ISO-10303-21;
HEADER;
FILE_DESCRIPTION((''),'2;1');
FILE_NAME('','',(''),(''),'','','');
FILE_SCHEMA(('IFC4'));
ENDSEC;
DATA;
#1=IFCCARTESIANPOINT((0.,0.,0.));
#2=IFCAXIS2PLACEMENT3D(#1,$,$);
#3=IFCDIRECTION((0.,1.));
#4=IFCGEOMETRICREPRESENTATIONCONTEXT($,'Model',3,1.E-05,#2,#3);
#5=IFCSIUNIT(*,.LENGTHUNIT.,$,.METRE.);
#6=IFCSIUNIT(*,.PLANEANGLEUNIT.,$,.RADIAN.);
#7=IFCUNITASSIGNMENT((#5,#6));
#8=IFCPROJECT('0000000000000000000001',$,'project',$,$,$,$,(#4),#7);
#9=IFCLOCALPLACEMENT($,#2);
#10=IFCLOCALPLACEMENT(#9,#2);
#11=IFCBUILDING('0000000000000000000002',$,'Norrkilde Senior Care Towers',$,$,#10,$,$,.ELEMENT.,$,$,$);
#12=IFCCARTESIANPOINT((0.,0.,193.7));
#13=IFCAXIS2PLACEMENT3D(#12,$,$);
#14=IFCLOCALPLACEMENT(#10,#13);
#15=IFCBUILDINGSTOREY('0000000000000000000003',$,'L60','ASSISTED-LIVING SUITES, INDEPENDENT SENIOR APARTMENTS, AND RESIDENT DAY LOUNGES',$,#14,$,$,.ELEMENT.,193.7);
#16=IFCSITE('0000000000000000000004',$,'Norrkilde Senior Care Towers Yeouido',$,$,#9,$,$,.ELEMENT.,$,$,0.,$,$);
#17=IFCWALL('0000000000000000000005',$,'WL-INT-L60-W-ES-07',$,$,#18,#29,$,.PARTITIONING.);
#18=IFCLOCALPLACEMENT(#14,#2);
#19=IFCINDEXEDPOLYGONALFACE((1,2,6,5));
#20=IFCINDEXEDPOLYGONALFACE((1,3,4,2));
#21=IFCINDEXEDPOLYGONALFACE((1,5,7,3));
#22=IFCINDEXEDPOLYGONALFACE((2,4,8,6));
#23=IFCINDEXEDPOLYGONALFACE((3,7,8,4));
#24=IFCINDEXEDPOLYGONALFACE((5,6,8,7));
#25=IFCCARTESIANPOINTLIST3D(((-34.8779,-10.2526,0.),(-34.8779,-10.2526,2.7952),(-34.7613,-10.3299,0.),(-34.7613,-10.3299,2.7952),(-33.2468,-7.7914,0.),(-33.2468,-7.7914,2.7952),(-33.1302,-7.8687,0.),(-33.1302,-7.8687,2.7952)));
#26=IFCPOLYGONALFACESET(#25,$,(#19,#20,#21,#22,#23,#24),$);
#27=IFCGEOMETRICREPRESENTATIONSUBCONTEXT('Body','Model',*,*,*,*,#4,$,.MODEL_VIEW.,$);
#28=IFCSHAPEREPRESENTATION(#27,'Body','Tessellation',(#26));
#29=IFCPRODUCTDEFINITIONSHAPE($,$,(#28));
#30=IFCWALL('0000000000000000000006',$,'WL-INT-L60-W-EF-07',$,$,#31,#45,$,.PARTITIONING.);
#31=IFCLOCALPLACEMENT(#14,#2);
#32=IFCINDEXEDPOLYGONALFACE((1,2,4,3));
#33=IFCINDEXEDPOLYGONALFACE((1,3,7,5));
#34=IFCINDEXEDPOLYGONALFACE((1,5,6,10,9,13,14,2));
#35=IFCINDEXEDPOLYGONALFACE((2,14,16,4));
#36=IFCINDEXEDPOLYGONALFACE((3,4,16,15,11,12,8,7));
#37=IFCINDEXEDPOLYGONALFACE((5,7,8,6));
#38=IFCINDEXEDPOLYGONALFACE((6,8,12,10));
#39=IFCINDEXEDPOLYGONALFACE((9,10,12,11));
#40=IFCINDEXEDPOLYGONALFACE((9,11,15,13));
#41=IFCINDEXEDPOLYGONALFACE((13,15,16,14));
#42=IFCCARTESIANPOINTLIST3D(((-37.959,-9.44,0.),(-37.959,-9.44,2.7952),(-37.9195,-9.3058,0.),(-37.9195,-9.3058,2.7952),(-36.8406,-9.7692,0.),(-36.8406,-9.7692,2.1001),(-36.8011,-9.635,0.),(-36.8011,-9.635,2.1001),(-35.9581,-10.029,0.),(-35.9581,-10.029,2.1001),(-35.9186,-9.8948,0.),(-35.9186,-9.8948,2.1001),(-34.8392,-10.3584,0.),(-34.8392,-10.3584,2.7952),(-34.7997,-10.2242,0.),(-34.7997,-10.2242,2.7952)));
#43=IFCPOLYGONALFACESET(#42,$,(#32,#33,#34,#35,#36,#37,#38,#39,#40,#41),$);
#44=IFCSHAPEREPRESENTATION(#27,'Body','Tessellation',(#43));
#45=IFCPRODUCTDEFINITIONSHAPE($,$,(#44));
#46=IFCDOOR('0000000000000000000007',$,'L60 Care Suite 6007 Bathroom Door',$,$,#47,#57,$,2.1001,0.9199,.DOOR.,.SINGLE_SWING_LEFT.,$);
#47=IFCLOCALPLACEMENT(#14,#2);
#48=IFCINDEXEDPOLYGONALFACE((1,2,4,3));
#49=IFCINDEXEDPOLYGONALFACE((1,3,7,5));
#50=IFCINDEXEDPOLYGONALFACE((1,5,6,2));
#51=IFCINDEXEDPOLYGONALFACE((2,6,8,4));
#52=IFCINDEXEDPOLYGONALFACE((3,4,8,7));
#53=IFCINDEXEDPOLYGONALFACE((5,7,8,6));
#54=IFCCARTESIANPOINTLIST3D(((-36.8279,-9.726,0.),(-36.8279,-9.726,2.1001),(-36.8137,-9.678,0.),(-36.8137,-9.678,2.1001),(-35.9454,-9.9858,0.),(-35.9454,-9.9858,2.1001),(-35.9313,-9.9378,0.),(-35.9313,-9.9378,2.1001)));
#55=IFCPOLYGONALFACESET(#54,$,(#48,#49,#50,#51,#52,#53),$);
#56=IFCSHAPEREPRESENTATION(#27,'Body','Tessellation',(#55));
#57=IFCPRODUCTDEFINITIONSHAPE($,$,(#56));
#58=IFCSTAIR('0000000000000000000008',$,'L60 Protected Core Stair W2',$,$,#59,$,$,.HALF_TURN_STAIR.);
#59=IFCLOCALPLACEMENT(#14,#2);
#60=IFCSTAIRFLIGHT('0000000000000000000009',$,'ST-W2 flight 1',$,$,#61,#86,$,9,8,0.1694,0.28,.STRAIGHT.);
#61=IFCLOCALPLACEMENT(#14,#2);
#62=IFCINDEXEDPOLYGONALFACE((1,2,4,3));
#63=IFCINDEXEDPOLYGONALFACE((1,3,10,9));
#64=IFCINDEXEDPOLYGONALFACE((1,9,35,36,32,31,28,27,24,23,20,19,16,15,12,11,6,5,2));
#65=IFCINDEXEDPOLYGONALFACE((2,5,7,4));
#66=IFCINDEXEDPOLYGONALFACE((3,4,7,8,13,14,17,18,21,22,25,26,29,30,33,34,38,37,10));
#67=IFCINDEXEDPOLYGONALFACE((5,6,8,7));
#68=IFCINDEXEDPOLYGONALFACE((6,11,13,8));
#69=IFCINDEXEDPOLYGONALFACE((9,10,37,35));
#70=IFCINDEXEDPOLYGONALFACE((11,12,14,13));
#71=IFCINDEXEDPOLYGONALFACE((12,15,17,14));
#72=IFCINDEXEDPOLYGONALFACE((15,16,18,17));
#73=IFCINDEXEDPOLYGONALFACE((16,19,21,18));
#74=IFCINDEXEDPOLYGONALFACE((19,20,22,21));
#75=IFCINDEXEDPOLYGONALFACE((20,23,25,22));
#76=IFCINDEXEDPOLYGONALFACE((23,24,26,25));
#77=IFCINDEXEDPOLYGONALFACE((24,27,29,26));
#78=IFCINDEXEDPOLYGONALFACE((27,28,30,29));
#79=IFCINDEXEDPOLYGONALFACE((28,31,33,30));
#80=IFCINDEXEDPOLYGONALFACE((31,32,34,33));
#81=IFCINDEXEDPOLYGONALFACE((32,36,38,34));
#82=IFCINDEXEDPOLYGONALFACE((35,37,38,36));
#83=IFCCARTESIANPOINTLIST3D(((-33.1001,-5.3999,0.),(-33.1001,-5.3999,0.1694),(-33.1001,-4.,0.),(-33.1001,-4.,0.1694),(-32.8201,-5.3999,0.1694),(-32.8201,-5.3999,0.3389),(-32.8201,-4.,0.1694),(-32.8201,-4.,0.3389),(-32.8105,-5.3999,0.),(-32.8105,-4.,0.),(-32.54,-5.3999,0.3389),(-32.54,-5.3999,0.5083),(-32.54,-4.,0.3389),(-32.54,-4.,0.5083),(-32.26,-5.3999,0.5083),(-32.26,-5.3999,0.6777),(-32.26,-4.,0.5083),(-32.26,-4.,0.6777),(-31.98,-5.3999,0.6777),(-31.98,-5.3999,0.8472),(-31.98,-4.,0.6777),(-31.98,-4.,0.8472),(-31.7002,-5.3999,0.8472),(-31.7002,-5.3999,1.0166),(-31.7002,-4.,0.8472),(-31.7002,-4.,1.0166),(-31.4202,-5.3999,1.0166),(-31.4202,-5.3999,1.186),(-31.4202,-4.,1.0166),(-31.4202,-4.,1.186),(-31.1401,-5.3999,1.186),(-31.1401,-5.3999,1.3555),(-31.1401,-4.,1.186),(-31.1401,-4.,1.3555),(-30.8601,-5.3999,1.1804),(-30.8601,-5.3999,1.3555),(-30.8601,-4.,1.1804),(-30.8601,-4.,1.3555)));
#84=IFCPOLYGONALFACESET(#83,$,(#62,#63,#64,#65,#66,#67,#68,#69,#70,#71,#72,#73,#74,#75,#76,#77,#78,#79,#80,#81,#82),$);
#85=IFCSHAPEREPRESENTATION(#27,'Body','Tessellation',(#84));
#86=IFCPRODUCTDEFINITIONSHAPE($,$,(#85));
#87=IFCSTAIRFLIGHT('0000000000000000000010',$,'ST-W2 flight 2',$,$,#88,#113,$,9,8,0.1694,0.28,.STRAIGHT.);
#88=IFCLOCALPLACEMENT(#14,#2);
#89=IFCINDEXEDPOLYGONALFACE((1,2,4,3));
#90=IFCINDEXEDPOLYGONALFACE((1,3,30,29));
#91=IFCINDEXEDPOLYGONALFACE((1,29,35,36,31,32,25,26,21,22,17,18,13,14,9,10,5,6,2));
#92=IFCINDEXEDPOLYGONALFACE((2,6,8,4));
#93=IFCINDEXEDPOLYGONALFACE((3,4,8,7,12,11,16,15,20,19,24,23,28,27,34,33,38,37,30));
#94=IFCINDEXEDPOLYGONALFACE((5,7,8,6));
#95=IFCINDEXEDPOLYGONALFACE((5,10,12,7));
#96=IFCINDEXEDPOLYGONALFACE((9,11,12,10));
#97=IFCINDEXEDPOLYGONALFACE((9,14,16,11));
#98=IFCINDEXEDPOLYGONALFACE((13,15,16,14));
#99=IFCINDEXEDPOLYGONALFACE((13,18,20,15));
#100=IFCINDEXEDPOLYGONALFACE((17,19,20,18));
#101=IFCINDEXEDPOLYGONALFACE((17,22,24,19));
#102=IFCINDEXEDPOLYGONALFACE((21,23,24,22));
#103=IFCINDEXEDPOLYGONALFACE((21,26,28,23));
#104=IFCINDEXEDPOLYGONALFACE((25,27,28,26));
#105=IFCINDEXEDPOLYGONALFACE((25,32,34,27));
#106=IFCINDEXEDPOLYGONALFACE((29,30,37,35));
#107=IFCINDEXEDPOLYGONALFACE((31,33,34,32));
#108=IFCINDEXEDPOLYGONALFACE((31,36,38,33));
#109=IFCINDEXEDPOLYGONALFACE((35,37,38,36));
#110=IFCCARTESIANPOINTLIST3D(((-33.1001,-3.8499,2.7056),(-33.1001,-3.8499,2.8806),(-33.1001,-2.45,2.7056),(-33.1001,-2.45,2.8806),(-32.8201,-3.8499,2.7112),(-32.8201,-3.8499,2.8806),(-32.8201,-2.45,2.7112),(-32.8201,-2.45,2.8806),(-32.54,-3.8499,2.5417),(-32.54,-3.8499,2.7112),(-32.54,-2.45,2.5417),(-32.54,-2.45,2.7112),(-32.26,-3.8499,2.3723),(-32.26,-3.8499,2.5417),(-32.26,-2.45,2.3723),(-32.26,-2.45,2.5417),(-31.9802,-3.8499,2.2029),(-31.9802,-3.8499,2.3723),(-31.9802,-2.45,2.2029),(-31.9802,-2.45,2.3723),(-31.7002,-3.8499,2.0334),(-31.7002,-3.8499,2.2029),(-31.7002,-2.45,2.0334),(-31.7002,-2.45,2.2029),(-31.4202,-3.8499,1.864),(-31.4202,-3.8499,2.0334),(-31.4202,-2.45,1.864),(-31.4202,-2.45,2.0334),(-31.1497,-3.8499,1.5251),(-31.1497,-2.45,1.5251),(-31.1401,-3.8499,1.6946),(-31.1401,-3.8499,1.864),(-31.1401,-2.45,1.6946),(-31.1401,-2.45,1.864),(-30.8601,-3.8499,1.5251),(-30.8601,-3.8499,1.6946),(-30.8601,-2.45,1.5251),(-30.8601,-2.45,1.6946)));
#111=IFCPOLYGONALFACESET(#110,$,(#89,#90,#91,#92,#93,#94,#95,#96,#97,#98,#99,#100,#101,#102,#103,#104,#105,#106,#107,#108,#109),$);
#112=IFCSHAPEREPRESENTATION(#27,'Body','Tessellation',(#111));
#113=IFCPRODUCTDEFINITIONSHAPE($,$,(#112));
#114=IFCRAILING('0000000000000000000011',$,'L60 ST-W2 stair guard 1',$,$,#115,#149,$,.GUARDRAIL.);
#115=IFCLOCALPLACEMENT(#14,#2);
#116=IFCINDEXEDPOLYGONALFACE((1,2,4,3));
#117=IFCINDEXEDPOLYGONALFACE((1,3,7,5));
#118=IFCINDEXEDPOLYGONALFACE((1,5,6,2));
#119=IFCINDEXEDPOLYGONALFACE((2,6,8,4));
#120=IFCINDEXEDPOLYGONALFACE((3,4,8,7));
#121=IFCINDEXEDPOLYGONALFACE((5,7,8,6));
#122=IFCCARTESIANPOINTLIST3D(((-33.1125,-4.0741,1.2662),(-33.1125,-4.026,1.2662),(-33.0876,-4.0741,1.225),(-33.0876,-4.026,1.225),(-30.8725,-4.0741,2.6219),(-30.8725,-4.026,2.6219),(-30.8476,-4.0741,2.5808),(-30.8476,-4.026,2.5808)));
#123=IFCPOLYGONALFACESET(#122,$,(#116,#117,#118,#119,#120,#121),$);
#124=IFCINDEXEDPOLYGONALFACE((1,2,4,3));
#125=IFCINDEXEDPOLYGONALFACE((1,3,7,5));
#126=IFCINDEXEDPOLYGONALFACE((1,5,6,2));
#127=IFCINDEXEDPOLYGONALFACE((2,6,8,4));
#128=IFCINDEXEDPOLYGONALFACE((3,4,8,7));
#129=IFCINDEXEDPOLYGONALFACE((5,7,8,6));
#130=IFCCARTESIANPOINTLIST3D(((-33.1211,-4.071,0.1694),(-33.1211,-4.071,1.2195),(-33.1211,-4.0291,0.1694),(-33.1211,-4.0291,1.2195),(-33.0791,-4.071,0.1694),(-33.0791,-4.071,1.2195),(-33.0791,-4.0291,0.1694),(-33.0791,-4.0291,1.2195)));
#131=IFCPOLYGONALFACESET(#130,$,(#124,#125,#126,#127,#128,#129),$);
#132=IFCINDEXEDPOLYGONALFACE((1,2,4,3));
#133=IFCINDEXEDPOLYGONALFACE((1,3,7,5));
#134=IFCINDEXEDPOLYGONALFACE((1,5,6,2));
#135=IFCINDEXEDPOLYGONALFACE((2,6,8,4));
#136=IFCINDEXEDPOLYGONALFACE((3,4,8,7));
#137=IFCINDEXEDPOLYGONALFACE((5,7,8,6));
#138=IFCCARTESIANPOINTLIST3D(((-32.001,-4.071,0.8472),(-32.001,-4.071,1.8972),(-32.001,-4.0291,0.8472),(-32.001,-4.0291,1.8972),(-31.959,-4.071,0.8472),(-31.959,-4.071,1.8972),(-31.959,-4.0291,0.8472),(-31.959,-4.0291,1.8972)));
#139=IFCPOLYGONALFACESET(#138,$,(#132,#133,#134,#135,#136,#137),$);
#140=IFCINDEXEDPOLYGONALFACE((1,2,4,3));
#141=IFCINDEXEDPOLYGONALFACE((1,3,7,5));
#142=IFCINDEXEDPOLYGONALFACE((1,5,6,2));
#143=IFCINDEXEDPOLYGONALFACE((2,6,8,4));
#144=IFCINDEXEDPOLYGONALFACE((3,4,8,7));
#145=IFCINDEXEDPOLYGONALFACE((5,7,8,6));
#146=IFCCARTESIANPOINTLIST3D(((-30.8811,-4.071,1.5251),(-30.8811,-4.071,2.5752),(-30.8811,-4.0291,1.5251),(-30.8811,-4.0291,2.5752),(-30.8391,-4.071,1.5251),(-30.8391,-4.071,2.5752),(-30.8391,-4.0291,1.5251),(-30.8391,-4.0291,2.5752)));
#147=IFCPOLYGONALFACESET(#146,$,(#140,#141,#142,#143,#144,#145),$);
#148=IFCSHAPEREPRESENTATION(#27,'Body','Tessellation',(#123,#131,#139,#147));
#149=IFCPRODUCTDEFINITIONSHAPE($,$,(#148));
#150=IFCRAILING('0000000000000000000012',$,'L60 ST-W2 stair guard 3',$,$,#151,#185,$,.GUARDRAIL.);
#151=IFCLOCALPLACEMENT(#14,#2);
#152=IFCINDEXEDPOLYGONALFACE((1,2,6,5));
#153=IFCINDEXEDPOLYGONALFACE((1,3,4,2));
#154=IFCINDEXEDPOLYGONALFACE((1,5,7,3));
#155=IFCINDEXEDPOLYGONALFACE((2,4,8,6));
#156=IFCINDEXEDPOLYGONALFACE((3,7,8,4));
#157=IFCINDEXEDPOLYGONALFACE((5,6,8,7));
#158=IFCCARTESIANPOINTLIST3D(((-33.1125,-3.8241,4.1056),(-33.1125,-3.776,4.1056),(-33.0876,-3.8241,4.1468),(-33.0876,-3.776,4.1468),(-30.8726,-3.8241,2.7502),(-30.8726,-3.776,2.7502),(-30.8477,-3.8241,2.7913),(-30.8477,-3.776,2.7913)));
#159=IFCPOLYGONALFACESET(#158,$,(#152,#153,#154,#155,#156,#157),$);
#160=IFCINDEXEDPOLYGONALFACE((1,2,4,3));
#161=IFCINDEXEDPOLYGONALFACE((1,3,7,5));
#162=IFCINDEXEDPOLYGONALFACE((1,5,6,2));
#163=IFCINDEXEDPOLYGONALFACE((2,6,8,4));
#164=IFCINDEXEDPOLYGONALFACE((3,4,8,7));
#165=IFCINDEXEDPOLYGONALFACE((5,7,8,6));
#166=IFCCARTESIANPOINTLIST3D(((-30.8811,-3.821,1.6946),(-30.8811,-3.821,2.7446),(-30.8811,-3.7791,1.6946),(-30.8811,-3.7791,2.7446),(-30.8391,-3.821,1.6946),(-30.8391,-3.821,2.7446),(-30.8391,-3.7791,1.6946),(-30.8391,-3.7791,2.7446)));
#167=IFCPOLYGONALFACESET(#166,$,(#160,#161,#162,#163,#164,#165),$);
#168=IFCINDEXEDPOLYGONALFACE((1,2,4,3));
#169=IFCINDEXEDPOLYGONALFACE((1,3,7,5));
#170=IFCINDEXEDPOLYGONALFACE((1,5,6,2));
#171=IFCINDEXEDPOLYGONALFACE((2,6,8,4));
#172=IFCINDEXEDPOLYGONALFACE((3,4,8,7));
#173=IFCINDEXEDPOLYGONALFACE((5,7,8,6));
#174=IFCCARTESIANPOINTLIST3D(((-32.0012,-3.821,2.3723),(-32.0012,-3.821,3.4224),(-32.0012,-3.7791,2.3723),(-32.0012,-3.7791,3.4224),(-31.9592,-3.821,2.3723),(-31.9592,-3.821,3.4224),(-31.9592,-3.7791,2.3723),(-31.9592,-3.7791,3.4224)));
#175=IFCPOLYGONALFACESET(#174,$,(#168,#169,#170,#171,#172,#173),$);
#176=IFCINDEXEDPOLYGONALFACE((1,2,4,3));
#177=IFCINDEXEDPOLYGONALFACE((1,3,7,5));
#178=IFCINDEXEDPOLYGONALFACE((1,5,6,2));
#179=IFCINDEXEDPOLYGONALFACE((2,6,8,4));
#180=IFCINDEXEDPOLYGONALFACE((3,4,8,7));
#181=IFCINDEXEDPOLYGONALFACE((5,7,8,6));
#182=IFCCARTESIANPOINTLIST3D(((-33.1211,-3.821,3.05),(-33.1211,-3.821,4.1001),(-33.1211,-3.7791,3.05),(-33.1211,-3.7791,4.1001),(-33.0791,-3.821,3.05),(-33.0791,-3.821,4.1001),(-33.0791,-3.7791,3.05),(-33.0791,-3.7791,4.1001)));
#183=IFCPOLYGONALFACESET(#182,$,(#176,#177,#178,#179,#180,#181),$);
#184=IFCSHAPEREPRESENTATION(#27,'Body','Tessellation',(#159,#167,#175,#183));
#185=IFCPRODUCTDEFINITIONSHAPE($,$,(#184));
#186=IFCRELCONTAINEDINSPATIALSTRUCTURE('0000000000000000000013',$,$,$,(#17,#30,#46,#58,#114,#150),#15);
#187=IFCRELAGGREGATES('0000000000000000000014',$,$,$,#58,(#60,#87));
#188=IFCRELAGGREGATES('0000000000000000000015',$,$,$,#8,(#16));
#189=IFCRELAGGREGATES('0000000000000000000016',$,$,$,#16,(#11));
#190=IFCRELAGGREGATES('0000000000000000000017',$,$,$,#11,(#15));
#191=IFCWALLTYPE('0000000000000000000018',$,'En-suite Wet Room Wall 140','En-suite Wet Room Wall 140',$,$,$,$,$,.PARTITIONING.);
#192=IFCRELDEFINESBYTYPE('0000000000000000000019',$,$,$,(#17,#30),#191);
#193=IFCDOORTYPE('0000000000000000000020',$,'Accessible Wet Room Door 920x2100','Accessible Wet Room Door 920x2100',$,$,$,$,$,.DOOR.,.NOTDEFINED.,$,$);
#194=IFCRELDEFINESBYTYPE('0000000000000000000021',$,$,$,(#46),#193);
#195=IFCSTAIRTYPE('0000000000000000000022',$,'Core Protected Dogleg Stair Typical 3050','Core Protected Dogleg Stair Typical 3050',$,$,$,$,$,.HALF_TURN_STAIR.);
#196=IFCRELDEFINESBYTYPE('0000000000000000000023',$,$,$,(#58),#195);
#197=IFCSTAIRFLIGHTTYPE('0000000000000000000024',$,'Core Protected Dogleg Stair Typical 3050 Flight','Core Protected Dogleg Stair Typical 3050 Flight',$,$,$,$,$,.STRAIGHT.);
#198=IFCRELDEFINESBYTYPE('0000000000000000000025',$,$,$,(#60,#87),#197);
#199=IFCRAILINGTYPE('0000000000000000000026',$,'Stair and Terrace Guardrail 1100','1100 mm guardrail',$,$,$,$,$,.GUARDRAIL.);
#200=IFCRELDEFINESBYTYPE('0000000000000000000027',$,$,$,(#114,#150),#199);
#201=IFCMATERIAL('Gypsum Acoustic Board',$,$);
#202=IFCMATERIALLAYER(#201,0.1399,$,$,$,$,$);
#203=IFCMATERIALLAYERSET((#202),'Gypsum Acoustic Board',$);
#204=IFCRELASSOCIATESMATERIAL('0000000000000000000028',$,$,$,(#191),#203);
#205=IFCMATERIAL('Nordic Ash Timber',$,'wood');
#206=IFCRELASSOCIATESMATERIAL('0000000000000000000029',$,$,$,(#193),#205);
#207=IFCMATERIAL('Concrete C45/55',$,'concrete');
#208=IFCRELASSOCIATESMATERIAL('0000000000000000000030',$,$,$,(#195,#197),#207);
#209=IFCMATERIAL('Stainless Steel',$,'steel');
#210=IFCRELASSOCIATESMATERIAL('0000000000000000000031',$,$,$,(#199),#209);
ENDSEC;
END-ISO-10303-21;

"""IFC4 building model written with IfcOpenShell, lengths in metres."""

from ifc_helpers import new_model, si_unit, direction, frame, frame_2d, origin, origin_2d, place, context, subcontext, project, spatial, polyline, rectangle, outline, extrude, source, transform, mapped, material, layer, layer_set, type_object, type_shapes, element, fill, aggregate, save


model = new_model("IFC4")

# Units and contexts
model_context = context("Model", 3, precision=1e-05, world=origin(), true_north=direction((0.0, 1.0)))
body_context = subcontext(model_context, "Body", "Model", "MODEL_VIEW")
ifc_project = project(units=[si_unit("LENGTHUNIT", "METRE"), si_unit("PLANEANGLEUNIT", "RADIAN")], contexts=[model_context])

# Site, building, storey
site_placement = place(None, origin())
site = spatial("IfcSite", under=ifc_project, at=site_placement, Name="Norrkilde Senior Care Towers Yeouido", CompositionType="ELEMENT", RefElevation=0.0)
building_placement = place(site_placement, origin())
building = spatial("IfcBuilding", under=site, at=building_placement, Name="Norrkilde Senior Care Towers", CompositionType="ELEMENT")
storey_placement = place(building_placement, frame((0.0, 0.0, 193.7)))
storey = spatial("IfcBuildingStorey", under=building, at=storey_placement, Name="L60", Description="ASSISTED-LIVING SUITES, INDEPENDENT SENIOR APARTMENTS, AND RESIDENT DAY LOUNGES", CompositionType="ELEMENT", Elevation=193.7)

# Shared definitions
ifc_material_1 = material(Name="Concrete C45/55", Category="concrete")

# Wall
ifc_material_2 = material(Name="Gypsum Acoustic Board")
ifc_layer_1 = layer(ifc_material_2, 0.1399)
ifc_layer_set_1 = layer_set([ifc_layer_1], Name="Gypsum Acoustic Board")
wall_type_1 = type_object("IfcWallType", Name="En-suite Wet Room Wall 140", Description="En-suite Wet Room Wall 140", PredefinedType="PARTITIONING", material=ifc_layer_set_1)
shared_shape_1 = source(origin(), body_context, "Body", "SweptSolid", [
    extrude(rectangle(XDim=2.9526, YDim=0.1399, at=frame_2d((1.4763, 0.0))), origin(), (0.0, 0.0, 1.0), 2.7952),
])
wall_1_placement = place(storey_placement, frame((-33.1885, -7.8301, 0.0), z_axis=(0.0, 0.0, 1.0), x_axis=(-0.552427, -0.833561, 0.0)))
element("IfcWall", 1, at=wall_1_placement, inside=storey, type_object=wall_type_1, Name="WL-INT-L60-W-ES-07", PredefinedType="PARTITIONING", context=body_context, shape_type="MappedRepresentation", body=[
    mapped(shared_shape_1, transform((0.0, 0.0, 0.0), x_axis=(1.0, 0.0, 0.0), y_axis=(0.0, 1.0, 0.0), z_axis=(0.0, 0.0, 1.0), scale=1.0)),
])

# Wall, opening, door
shared_shape_2 = source(origin(), body_context, "Body", "SweptSolid", [
    extrude(rectangle(XDim=3.2522, YDim=0.1399, at=frame_2d((1.626, 0.0))), origin(), (0.0, 0.0, 1.0), 2.7952),
])
type_shapes(wall_type_1, [shared_shape_1, shared_shape_2])
wall_2_placement = place(storey_placement, frame((-34.8196, -10.2913, 0.0), z_axis=(0.0, 0.0, 1.0), x_axis=(-0.959295, 0.282406, 0.0)))
wall_2 = element("IfcWall", 2, at=wall_2_placement, inside=storey, type_object=wall_type_1, Name="WL-INT-L60-W-EF-07", PredefinedType="PARTITIONING", context=body_context, shape_type="MappedRepresentation", body=[
    mapped(shared_shape_2, transform((0.0, 0.0, 0.0), x_axis=(1.0, 0.0, 0.0), y_axis=(0.0, 1.0, 0.0), z_axis=(0.0, 0.0, 1.0), scale=1.0)),
])
opening_1_placement = place(wall_2_placement, frame((1.1663, 0.0, 0.0)))
opening_1 = element("IfcOpeningElement", 3, at=opening_1_placement, cuts=wall_2, PredefinedType="OPENING", context=body_context, shape_type="SweptSolid", body=[
    extrude(rectangle(XDim=0.9199, YDim=2.1001, at=frame_2d((0.46, 1.05))), frame((0.0, 0.0798, 0.0), z_axis=(0.0, -1.0, 0.0), x_axis=(1.0, 0.0, 0.0)), (0.0, 0.0, 1.0), 0.1599),
])
ifc_material_3 = material(Name="Nordic Ash Timber", Category="wood")
door_type_1 = type_object("IfcDoorType", Name="Accessible Wet Room Door 920x2100", Description="Accessible Wet Room Door 920x2100", OperationType="NOTDEFINED", PredefinedType="DOOR", material=ifc_material_3)
shared_shape_3 = source(origin(), body_context, "Body", "SweptSolid", [
    extrude(rectangle(XDim=0.9199, YDim=2.1001, at=frame_2d((0.46, 1.05))), frame((0.0, 0.0249, 0.0), z_axis=(0.0, -1.0, 0.0), x_axis=(1.0, 0.0, 0.0)), (0.0, 0.0, 1.0), 0.05),
])
type_shapes(door_type_1, [shared_shape_3])
door_1_placement = place(opening_1_placement, origin())
door_1 = element("IfcDoor", 4, at=door_1_placement, inside=storey, type_object=door_type_1, Name="L60 Care Suite 6007 Bathroom Door", OperationType="SINGLE_SWING_LEFT", OverallHeight=2.1001, OverallWidth=0.9199, PredefinedType="DOOR", context=body_context, shape_type="MappedRepresentation", body=[
    mapped(shared_shape_3, transform((0.0, 0.0, 0.0), x_axis=(1.0, 0.0, 0.0), y_axis=(0.0, 1.0, 0.0), z_axis=(0.0, 0.0, 1.0), scale=1.0)),
])
fill(opening_1, door_1)

# Stair, stair flights
stair_type = type_object("IfcStairType", Name="Core Protected Dogleg Stair Typical 3050", Description="Core Protected Dogleg Stair Typical 3050", PredefinedType="HALF_TURN_STAIR", material=ifc_material_1)
stair_placement = place(storey_placement, origin())
stair = element("IfcStair", 5, at=stair_placement, inside=storey, type_object=stair_type, Name="L60 Protected Core Stair W2", PredefinedType="HALF_TURN_STAIR")
stair_flight_type = type_object("IfcStairFlightType", Name="Core Protected Dogleg Stair Typical 3050 Flight", Description="Core Protected Dogleg Stair Typical 3050 Flight", PredefinedType="STRAIGHT", material=ifc_material_1)
stair_flight_1_placement = place(storey_placement, frame((-33.1001, -4.7, 0.0), z_axis=(0.0, 0.0, 1.0), x_axis=(1.0, 0.0, 0.0)))
stair_flight_1 = element("IfcStairFlight", 6, at=stair_flight_1_placement, type_object=stair_flight_type, Name="ST-W2 flight 1", NumberOfRisers=9, NumberOfTreads=8, PredefinedType="STRAIGHT", RiserHeight=0.1694, TreadLength=0.28, context=body_context, shape_type="SweptSolid", body=[
    extrude(outline(polyline([(0.0, 0.0), (0.0, 0.1694), (0.28, 0.1694), (0.28, 0.3389), (0.5601, 0.3389), (0.5601, 0.5083), (0.8401, 0.5083), (0.8401, 0.6777), (1.1201, 0.6777), (1.1201, 0.8472), (1.3999, 0.8472), (1.3999, 1.0166), (1.6799, 1.0166), (1.6799, 1.186), (1.96, 1.186), (1.96, 1.3555), (2.24, 1.3555), (2.24, 1.5249), (2.24, 1.1804), (0.2896, 0.0), (0.0, 0.0)])), frame((0.0, 0.7, 0.0), z_axis=(0.0, -1.0, 0.0), x_axis=(1.0, 0.0, 0.0)), (0.0, 0.0, 1.0), 1.3999),
])
stair_flight_2_placement = place(storey_placement, frame((-30.8601, -3.1499, 1.5251), z_axis=(0.0, 0.0, 1.0), x_axis=(-1.0, 0.0, 0.0)))
stair_flight_2 = element("IfcStairFlight", 7, at=stair_flight_2_placement, type_object=stair_flight_type, Name="ST-W2 flight 2", NumberOfRisers=9, NumberOfTreads=8, PredefinedType="STRAIGHT", RiserHeight=0.1694, TreadLength=0.28, context=body_context, shape_type="SweptSolid", body=[
    extrude(outline(polyline([(0.0, 0.0), (0.0, 0.1694), (0.28, 0.1694), (0.28, 0.3389), (0.5601, 0.3389), (0.5601, 0.5083), (0.8401, 0.5083), (0.8401, 0.6777), (1.1201, 0.6777), (1.1201, 0.8472), (1.3999, 0.8472), (1.3999, 1.0166), (1.6799, 1.0166), (1.6799, 1.186), (1.96, 1.186), (1.96, 1.3555), (2.24, 1.3555), (2.24, 1.5249), (2.24, 1.1804), (0.2896, 0.0), (0.0, 0.0)])), frame((0.0, 0.7, 0.0), z_axis=(0.0, -1.0, 0.0), x_axis=(1.0, 0.0, 0.0)), (0.0, 0.0, 1.0), 1.3999),
])
aggregate(stair, [stair_flight_1, stair_flight_2])

# Railings
ifc_material_4 = material(Name="Stainless Steel", Category="steel")
railing_type_1 = type_object("IfcRailingType", Name="Stair and Terrace Guardrail 1100", Description="1100 mm guardrail", PredefinedType="GUARDRAIL", material=ifc_material_4)
railing_1_placement = place(storey_placement, frame((-33.1001, -4.05, 0.1694)))
element("IfcRailing", 8, at=railing_1_placement, inside=storey, type_object=railing_type_1, Name="L60 ST-W2 stair guard 1", PredefinedType="GUARDRAIL", context=body_context, shape_type="SweptSolid", body=[
    extrude(rectangle(XDim=0.0481, YDim=0.0481, at=origin_2d()), frame((0.0, 0.0, 1.0762), z_axis=(0.855512, 0.0, 0.517783), x_axis=(0.0, 1.0, 0.0)), (0.0, 0.0, 1.0), 2.6184),
    extrude(rectangle(XDim=0.042, YDim=0.042, at=origin_2d()), origin(), (0.0, 0.0, 1.0), 1.05),
    extrude(rectangle(XDim=0.042, YDim=0.042, at=origin_2d()), frame((1.1201, 0.0, 0.6777)), (0.0, 0.0, 1.0), 1.05),
    extrude(rectangle(XDim=0.042, YDim=0.042, at=origin_2d()), frame((2.24, 0.0, 1.3557)), (0.0, 0.0, 1.0), 1.05),
])
railing_2_placement = place(storey_placement, frame((-30.8601, -3.8, 1.6946)))
element("IfcRailing", 9, at=railing_2_placement, inside=storey, type_object=railing_type_1, Name="L60 ST-W2 stair guard 3", PredefinedType="GUARDRAIL", context=body_context, shape_type="SweptSolid", body=[
    extrude(rectangle(XDim=0.0481, YDim=0.0481, at=origin_2d()), frame((0.0, 0.0, 1.0762), z_axis=(-0.855553, 0.0, 0.517715), x_axis=(0.0, -1.0, 0.0)), (0.0, 0.0, 1.0), 2.6182),
    extrude(rectangle(XDim=0.042, YDim=0.042, at=origin_2d()), origin(), (0.0, 0.0, 1.0), 1.05),
    extrude(rectangle(XDim=0.042, YDim=0.042, at=origin_2d()), frame((-1.1201, 0.0, 0.6777)), (0.0, 0.0, 1.0), 1.05),
    extrude(rectangle(XDim=0.042, YDim=0.042, at=origin_2d()), frame((-2.24, 0.0, 1.3555)), (0.0, 0.0, 1.0), 1.05),
])

save(model, "model.ifc")
